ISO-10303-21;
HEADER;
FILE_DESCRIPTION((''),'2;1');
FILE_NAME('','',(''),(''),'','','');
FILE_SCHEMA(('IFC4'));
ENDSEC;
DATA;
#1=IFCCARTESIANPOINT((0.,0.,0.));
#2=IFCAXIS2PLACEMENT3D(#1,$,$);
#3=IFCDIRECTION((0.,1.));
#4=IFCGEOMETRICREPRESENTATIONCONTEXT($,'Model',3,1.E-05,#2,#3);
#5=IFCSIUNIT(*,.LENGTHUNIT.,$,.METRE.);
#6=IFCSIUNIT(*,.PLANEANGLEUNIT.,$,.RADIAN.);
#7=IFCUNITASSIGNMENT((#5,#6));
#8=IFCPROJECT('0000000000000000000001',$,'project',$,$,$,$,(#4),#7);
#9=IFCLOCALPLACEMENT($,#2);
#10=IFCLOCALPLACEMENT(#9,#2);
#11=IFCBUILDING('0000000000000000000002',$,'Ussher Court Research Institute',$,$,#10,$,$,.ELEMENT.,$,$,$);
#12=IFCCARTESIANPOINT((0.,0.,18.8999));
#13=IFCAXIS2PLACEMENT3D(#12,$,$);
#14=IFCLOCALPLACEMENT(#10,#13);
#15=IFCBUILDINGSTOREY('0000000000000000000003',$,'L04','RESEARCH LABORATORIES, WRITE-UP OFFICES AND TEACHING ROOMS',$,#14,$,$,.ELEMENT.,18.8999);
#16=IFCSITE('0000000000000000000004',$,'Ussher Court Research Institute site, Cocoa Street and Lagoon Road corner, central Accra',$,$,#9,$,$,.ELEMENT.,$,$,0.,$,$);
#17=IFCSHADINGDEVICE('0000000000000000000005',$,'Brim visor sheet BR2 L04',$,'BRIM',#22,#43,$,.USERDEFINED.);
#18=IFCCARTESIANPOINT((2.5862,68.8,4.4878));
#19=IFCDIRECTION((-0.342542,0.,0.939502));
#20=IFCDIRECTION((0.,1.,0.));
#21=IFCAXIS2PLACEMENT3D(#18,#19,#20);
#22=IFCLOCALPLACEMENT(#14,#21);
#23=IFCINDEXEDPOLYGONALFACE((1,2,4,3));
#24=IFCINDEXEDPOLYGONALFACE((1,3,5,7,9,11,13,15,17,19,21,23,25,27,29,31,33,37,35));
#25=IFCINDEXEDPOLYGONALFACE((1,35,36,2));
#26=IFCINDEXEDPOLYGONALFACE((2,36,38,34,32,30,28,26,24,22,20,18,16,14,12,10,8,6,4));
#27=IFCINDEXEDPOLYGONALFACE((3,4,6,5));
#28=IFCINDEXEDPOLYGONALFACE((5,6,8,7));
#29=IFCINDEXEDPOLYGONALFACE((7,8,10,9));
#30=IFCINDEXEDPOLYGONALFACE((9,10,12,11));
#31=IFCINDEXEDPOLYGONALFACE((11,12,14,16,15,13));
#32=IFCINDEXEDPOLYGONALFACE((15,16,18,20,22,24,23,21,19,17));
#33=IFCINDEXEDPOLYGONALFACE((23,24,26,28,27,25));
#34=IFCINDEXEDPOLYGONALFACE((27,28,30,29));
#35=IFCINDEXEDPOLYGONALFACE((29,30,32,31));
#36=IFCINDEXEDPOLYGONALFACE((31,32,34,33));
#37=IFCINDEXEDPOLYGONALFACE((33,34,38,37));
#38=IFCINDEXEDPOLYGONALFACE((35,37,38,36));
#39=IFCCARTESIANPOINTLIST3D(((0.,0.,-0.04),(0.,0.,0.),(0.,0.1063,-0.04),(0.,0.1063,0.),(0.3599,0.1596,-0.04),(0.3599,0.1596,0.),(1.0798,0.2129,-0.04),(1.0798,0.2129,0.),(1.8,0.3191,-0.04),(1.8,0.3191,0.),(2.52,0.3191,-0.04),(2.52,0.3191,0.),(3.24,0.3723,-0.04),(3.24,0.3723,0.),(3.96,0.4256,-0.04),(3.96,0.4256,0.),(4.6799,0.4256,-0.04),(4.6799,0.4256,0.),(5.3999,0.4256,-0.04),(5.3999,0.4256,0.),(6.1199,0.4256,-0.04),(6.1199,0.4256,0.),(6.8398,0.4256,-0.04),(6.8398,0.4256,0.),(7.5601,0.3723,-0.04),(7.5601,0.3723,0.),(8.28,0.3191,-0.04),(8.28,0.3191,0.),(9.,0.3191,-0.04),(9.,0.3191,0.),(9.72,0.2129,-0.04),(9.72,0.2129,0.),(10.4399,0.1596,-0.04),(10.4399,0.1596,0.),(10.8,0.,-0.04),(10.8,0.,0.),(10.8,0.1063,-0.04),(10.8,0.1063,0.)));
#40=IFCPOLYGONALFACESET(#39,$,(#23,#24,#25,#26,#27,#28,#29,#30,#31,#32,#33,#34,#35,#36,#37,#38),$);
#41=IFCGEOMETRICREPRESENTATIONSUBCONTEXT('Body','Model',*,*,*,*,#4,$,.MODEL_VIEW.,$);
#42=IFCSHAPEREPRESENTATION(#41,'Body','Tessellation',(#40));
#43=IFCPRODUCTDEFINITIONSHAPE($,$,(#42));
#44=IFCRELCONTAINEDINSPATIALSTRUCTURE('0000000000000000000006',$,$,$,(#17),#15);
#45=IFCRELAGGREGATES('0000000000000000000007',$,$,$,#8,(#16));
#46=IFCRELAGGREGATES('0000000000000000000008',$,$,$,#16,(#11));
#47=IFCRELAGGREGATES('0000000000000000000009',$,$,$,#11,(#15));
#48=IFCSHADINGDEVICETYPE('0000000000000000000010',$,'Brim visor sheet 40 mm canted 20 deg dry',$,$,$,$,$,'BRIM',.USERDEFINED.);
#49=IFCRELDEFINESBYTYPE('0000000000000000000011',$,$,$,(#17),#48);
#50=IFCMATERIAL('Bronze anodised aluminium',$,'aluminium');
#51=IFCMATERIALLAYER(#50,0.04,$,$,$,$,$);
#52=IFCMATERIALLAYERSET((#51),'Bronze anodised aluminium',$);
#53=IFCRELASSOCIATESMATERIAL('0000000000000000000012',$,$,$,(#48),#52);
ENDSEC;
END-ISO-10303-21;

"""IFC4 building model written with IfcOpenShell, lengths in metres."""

from ifc_helpers import new_model, si_unit, direction, frame, origin, place, context, subcontext, project, spatial, polyline, outline, extrude, material, layer, layer_set, type_object, element, save


model = new_model("IFC4")

# Units and contexts
model_context = context("Model", 3, precision=1e-05, world=origin(), true_north=direction((0.0, 1.0)))
body_context = subcontext(model_context, "Body", "Model", "MODEL_VIEW")
ifc_project = project(units=[si_unit("LENGTHUNIT", "METRE"), si_unit("PLANEANGLEUNIT", "RADIAN")], contexts=[model_context])

# Site, building, storey
site_placement = place(None, origin())
site = spatial("IfcSite", under=ifc_project, at=site_placement, Name="Ussher Court Research Institute site, Cocoa Street and Lagoon Road corner, central Accra", CompositionType="ELEMENT", RefElevation=0.0)
building_placement = place(site_placement, origin())
building = spatial("IfcBuilding", under=site, at=building_placement, Name="Ussher Court Research Institute", CompositionType="ELEMENT")
storey_placement = place(building_placement, frame((0.0, 0.0, 18.8999)))
storey = spatial("IfcBuildingStorey", under=building, at=storey_placement, Name="L04", Description="RESEARCH LABORATORIES, WRITE-UP OFFICES AND TEACHING ROOMS", CompositionType="ELEMENT", Elevation=18.8999)

# Shading device
ifc_material_1 = material(Name="Bronze anodised aluminium", Category="aluminium")
ifc_layer_1 = layer(ifc_material_1, 0.04)
ifc_layer_set_1 = layer_set([ifc_layer_1], Name="Bronze anodised aluminium")
shading_device_type_1 = type_object("IfcShadingDeviceType", Name="Brim visor sheet 40 mm canted 20 deg dry", ElementType="BRIM", PredefinedType="USERDEFINED", material=ifc_layer_set_1)
shading_device_1_placement = place(storey_placement, frame((2.5862, 68.8, 4.4878), z_axis=(-0.342542, 0.0, 0.939502), x_axis=(0.0, 1.0, 0.0)))
element("IfcShadingDevice", 1, at=shading_device_1_placement, inside=storey, type_object=shading_device_type_1, Name="Brim visor sheet BR2 L04", ObjectType="BRIM", PredefinedType="USERDEFINED", context=body_context, shape_type="SweptSolid", body=[
    extrude(outline(polyline([(0.0, 0.0), (10.8, 0.0), (10.8, 0.1063), (10.4399, 0.1596), (9.72, 0.2129), (9.0, 0.3191), (8.28, 0.3191), (7.5601, 0.3723), (6.8398, 0.4256), (6.1199, 0.4256), (5.3999, 0.4256), (4.6799, 0.4256), (3.96, 0.4256), (3.24, 0.3723), (2.52, 0.3191), (1.8, 0.3191), (1.0798, 0.2129), (0.3599, 0.1596), (0.0, 0.1063), (0.0, 0.0)])), origin(), (0.0, 0.0, -1.0), 0.04),
])

save(model, "model.ifc")
